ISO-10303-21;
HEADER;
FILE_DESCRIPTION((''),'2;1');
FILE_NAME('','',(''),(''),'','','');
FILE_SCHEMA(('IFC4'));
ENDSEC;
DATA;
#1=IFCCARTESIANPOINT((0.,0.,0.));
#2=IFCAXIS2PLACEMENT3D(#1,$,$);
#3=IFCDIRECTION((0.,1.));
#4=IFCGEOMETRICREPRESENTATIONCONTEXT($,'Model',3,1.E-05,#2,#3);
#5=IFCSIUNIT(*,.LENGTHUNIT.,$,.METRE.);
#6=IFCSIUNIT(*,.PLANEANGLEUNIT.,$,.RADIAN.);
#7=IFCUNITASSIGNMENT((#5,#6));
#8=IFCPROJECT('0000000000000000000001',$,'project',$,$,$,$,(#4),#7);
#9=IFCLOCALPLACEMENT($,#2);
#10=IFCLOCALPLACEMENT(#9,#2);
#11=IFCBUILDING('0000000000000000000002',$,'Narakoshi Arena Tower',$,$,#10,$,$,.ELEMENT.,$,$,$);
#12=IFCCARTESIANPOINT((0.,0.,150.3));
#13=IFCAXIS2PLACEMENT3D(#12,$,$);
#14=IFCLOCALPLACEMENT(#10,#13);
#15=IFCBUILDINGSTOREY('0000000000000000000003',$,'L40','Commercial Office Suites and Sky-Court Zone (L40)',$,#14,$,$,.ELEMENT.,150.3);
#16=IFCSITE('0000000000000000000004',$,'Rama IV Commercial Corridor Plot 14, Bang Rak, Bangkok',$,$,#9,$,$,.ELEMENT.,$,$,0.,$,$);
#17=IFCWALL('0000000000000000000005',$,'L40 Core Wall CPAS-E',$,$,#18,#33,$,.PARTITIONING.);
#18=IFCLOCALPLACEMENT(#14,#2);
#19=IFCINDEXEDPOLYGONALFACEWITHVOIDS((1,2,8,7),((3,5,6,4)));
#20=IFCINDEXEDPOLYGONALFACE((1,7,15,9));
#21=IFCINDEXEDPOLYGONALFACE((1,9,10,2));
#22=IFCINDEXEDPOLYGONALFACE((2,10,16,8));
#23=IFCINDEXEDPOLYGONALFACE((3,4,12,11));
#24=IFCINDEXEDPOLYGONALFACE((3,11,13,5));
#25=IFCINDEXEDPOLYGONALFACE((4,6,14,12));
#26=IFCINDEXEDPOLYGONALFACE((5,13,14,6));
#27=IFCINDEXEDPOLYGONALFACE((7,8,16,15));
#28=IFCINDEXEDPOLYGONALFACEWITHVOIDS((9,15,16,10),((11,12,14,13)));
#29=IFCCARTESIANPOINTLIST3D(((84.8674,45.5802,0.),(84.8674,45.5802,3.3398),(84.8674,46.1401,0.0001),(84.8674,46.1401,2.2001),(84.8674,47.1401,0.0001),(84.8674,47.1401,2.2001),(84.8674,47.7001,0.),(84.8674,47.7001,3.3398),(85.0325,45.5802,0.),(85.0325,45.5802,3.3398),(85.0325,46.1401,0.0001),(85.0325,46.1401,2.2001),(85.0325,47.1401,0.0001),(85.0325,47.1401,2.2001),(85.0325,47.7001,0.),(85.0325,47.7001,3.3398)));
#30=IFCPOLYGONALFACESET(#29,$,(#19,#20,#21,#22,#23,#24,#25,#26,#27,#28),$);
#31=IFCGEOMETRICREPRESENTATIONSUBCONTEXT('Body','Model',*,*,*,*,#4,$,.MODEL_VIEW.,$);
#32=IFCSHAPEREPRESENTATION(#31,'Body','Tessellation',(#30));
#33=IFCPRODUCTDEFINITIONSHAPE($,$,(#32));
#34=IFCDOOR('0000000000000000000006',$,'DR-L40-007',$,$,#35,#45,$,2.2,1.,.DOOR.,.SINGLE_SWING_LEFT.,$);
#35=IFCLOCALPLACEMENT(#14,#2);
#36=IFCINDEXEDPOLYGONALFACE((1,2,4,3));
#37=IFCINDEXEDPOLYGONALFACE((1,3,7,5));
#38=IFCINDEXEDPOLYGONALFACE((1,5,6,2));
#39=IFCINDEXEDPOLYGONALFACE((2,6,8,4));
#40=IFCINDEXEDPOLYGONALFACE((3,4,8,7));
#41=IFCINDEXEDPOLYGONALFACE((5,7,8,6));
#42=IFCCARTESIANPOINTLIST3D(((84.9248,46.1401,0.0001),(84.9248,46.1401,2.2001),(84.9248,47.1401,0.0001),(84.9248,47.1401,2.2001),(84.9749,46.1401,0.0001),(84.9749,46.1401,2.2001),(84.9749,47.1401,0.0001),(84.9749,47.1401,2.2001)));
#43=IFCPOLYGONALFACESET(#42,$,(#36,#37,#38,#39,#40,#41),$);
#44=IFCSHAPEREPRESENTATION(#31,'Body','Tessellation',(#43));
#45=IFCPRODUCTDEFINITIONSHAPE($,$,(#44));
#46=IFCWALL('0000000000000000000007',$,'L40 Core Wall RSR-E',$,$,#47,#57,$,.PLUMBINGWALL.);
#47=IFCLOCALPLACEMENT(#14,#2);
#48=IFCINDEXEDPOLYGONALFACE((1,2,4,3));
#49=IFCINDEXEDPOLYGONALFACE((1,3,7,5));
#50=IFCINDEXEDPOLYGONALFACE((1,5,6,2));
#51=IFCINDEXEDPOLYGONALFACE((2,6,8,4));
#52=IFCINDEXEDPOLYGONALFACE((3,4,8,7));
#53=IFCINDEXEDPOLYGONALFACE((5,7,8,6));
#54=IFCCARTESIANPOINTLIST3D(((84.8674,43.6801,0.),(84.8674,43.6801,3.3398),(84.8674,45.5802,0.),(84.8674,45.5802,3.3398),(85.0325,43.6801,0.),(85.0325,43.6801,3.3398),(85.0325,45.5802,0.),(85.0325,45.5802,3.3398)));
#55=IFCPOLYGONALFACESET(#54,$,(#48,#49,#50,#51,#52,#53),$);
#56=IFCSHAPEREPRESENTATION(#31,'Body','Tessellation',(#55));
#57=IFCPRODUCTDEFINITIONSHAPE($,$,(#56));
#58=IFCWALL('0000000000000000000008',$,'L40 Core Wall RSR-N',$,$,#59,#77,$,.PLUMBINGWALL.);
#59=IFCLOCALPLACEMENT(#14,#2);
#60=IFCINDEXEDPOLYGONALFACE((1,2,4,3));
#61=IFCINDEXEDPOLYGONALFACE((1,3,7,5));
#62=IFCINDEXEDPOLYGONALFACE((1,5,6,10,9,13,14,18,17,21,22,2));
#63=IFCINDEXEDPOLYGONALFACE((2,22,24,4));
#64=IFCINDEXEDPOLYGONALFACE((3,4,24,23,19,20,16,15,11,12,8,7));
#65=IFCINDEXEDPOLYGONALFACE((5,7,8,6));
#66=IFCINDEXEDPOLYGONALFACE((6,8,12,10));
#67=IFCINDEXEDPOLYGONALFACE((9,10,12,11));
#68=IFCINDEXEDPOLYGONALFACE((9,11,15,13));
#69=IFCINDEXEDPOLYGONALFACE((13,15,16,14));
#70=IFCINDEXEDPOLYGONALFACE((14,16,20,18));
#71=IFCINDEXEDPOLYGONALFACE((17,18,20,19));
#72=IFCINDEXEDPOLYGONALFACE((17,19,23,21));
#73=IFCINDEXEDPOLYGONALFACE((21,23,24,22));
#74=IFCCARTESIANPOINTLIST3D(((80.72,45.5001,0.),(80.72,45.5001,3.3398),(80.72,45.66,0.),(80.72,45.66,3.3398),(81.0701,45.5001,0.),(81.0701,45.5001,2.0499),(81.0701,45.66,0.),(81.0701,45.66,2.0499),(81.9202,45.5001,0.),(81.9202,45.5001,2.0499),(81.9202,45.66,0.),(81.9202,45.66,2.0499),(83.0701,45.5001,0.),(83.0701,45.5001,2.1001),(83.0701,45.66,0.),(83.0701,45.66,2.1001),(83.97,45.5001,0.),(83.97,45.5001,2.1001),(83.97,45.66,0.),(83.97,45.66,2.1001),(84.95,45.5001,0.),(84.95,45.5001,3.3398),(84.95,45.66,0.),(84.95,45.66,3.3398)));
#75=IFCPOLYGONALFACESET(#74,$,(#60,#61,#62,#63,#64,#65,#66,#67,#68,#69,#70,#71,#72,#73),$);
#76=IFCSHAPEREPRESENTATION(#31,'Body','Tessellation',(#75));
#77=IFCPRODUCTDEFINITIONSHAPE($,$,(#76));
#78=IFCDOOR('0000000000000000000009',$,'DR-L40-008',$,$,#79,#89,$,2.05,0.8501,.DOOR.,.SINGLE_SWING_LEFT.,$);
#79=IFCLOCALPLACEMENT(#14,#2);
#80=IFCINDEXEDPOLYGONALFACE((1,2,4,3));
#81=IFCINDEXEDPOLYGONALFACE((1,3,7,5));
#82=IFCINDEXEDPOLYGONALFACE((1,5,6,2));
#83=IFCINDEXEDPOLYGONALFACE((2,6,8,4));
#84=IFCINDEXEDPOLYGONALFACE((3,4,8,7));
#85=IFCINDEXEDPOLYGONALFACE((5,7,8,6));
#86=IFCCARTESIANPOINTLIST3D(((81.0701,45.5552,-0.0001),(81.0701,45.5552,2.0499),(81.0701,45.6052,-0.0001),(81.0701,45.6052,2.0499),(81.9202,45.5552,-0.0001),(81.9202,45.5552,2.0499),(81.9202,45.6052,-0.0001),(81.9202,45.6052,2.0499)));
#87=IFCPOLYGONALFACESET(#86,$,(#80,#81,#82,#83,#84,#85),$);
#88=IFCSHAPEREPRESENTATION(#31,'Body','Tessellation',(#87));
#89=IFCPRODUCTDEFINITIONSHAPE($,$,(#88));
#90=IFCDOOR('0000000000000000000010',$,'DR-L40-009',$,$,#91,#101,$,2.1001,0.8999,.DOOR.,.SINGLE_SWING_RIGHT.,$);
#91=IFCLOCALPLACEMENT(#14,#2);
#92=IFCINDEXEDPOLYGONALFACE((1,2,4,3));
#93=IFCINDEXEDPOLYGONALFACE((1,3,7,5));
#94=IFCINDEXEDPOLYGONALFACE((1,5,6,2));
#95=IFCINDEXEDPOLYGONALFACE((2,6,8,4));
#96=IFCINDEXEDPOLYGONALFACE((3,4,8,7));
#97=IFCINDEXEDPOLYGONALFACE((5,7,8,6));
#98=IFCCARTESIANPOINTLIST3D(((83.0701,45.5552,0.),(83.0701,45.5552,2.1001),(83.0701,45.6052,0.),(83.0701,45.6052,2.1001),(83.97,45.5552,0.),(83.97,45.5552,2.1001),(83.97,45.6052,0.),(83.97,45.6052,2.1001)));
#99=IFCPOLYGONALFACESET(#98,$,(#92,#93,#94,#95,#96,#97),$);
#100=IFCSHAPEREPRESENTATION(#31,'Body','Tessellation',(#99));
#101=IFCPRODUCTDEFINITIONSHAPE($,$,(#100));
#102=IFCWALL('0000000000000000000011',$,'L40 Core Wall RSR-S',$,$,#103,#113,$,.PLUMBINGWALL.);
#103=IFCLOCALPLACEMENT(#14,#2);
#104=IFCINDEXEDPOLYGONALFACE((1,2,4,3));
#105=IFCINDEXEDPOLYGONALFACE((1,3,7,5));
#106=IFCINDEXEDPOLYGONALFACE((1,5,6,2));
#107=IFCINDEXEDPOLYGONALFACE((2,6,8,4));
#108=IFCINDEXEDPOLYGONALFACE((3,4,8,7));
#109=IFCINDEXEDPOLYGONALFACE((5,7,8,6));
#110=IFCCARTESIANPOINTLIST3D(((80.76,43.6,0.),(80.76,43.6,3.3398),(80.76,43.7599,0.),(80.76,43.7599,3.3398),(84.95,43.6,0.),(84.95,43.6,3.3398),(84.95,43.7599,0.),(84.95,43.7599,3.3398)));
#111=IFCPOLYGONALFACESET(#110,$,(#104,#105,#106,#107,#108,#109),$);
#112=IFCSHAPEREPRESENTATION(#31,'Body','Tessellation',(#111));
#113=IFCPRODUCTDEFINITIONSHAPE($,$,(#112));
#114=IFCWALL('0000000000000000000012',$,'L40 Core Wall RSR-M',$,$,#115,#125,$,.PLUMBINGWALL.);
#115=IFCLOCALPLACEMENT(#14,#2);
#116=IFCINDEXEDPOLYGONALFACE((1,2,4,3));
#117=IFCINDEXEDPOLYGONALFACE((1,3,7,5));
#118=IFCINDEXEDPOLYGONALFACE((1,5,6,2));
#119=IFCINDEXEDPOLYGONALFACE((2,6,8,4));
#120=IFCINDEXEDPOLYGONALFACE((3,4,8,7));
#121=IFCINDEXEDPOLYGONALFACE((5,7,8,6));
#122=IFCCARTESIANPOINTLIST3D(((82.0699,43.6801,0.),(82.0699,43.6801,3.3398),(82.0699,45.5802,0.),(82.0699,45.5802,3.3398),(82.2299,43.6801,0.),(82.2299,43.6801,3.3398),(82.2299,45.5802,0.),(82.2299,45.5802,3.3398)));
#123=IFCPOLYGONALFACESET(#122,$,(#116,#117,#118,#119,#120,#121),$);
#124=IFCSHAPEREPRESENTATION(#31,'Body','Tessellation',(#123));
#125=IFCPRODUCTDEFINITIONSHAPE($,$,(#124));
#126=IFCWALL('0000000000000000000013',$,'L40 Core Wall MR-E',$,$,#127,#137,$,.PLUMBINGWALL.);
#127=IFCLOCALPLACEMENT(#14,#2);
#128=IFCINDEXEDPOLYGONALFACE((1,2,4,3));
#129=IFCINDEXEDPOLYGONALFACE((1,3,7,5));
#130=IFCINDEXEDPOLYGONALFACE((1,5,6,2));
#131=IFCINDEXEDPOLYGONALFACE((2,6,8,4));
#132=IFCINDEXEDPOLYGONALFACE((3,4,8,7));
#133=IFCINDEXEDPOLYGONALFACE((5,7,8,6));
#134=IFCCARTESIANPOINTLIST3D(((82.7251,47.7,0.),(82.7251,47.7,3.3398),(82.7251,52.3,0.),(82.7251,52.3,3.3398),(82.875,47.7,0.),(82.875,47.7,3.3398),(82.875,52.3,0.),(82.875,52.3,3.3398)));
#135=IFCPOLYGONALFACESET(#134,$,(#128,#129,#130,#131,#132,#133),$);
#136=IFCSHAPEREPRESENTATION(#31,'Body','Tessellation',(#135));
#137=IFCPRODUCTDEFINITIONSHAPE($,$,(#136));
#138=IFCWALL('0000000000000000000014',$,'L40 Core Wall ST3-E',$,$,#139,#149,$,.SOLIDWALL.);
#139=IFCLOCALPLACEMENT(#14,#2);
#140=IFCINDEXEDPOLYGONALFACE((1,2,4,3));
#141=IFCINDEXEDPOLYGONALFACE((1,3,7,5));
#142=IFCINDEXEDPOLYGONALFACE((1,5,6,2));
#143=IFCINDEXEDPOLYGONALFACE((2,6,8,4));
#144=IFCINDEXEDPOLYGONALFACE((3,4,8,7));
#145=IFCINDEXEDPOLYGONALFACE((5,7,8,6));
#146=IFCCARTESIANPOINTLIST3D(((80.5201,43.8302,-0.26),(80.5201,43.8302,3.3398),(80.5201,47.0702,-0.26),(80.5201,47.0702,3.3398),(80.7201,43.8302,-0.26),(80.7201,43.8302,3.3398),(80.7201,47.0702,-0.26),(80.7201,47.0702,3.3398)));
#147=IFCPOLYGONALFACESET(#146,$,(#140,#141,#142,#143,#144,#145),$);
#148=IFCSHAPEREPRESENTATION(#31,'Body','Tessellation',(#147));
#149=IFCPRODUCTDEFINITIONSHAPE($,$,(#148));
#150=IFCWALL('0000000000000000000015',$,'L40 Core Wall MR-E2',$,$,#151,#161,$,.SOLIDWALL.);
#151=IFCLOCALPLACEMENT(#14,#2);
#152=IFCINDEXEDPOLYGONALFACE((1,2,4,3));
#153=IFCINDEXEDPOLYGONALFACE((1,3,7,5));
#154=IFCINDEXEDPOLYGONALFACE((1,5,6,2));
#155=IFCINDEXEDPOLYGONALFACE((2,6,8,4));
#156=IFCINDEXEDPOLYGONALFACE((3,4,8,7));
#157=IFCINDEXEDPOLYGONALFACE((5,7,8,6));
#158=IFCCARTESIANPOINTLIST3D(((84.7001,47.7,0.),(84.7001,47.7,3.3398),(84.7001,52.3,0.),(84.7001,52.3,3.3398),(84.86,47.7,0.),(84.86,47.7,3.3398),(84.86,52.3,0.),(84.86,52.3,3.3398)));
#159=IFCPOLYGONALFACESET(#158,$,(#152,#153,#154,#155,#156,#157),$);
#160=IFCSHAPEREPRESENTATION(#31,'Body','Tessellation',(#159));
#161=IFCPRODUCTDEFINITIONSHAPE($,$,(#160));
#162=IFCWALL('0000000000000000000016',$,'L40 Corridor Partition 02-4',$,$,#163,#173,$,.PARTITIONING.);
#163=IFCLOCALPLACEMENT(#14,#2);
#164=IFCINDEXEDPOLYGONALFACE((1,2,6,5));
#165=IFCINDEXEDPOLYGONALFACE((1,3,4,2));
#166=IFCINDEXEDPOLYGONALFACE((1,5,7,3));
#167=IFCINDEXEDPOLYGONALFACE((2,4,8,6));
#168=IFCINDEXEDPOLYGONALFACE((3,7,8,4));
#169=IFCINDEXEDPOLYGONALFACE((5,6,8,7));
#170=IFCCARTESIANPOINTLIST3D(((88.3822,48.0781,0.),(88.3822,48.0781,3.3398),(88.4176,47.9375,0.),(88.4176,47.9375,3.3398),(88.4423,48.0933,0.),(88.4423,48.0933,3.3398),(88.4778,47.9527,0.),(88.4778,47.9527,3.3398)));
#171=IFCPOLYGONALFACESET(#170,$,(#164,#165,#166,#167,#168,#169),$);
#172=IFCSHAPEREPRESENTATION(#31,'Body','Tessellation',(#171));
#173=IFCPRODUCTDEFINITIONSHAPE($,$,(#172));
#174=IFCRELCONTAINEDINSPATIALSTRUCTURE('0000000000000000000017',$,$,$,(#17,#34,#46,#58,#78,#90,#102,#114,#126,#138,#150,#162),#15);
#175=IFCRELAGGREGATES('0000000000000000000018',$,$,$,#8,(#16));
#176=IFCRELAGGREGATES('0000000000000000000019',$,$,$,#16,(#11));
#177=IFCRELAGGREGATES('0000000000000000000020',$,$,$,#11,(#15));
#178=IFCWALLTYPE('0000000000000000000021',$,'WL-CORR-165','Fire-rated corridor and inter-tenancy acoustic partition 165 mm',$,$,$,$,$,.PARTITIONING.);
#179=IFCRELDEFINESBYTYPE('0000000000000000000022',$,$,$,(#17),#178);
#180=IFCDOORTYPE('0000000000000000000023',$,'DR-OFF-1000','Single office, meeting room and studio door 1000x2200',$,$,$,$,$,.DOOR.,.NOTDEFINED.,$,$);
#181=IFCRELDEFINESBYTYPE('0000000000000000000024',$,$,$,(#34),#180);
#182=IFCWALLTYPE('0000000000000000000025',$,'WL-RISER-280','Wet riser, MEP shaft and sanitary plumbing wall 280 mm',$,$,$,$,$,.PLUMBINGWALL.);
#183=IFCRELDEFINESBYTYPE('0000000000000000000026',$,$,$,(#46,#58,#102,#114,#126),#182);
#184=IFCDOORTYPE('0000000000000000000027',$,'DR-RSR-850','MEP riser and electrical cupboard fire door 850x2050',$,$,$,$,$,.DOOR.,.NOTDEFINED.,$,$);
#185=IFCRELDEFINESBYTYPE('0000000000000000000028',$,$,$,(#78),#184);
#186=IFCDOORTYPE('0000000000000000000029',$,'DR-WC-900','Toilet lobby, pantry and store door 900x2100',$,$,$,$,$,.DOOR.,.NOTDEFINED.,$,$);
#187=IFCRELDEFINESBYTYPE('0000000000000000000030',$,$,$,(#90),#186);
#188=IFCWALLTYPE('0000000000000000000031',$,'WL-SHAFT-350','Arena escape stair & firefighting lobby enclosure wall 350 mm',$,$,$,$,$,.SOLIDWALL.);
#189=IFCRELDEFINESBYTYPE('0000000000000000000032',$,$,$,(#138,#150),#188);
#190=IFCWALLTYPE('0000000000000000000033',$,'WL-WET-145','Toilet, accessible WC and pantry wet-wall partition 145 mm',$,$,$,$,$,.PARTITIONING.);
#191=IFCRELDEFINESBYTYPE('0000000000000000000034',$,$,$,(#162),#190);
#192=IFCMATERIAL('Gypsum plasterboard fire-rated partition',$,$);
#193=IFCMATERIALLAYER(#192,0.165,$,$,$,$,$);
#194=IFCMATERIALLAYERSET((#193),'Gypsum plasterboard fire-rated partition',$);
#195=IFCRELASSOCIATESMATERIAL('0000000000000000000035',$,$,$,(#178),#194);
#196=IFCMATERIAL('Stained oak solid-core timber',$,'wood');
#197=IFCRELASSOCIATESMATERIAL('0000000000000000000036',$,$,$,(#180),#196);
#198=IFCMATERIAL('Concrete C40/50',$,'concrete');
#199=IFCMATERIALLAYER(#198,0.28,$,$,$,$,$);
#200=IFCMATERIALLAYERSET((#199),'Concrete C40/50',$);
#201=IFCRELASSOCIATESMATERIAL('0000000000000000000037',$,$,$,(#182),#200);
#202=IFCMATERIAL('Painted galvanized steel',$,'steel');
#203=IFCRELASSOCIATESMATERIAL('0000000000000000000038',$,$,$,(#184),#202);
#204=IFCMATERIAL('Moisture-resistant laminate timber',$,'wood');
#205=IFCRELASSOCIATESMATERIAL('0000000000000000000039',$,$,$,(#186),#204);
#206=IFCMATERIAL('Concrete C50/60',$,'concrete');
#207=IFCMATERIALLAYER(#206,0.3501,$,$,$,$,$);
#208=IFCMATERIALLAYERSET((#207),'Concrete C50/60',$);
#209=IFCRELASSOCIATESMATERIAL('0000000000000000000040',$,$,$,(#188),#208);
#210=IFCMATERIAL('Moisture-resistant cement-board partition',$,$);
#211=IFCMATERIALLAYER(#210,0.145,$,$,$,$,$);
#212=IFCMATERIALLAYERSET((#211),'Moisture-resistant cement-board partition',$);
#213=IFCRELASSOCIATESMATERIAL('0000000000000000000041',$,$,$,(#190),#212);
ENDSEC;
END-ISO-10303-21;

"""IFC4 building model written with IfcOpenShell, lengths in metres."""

from ifc_helpers import new_model, si_unit, direction, frame, frame_2d, origin, place, context, subcontext, project, spatial, rectangle, extrude, material, layer, layer_set, type_object, element, fill, save


model = new_model("IFC4")

# Units and contexts
model_context = context("Model", 3, precision=1e-05, world=origin(), true_north=direction((0.0, 1.0)))
body_context = subcontext(model_context, "Body", "Model", "MODEL_VIEW")
ifc_project = project(units=[si_unit("LENGTHUNIT", "METRE"), si_unit("PLANEANGLEUNIT", "RADIAN")], contexts=[model_context])

# Site, building, storey
site_placement = place(None, origin())
site = spatial("IfcSite", under=ifc_project, at=site_placement, Name="Rama IV Commercial Corridor Plot 14, Bang Rak, Bangkok", CompositionType="ELEMENT", RefElevation=0.0)
building_placement = place(site_placement, origin())
building = spatial("IfcBuilding", under=site, at=building_placement, Name="Narakoshi Arena Tower", CompositionType="ELEMENT")
storey_placement = place(building_placement, frame((0.0, 0.0, 150.3)))
storey = spatial("IfcBuildingStorey", under=building, at=storey_placement, Name="L40", Description="Commercial Office Suites and Sky-Court Zone (L40)", CompositionType="ELEMENT", Elevation=150.3)

# Wall, opening, door
ifc_material_1 = material(Name="Gypsum plasterboard fire-rated partition")
ifc_layer_1 = layer(ifc_material_1, 0.165)
ifc_layer_set_1 = layer_set([ifc_layer_1], Name="Gypsum plasterboard fire-rated partition")
wall_type_1 = type_object("IfcWallType", Name="WL-CORR-165", Description="Fire-rated corridor and inter-tenancy acoustic partition 165 mm", PredefinedType="PARTITIONING", material=ifc_layer_set_1)
wall_1_placement = place(storey_placement, frame((84.95, 45.5801, 0.0), z_axis=(0.0, 0.0, 1.0), x_axis=(0.0, 1.0, 0.0)))
wall_1 = element("IfcWall", 1, at=wall_1_placement, inside=storey, type_object=wall_type_1, Name="L40 Core Wall CPAS-E", PredefinedType="PARTITIONING", context=body_context, shape_type="SweptSolid", body=[
    extrude(rectangle(XDim=2.1199, YDim=0.165, at=frame_2d((1.0601, 0.0))), origin(), (0.0, 0.0, 1.0), 3.3398),
])
opening_1_placement = place(wall_1_placement, frame((0.5601, 0.0, 0.0)))
opening_1 = element("IfcOpeningElement", 2, at=opening_1_placement, cuts=wall_1, PredefinedType="OPENING", context=body_context, shape_type="SweptSolid", body=[
    extrude(rectangle(XDim=1.0, YDim=2.2, at=frame_2d((0.5, 1.1001))), frame((0.0, 0.0925, 0.0), z_axis=(0.0, -1.0, 0.0), x_axis=(1.0, 0.0, 0.0)), (0.0, 0.0, 1.0), 0.1851),
])
ifc_material_2 = material(Name="Stained oak solid-core timber", Category="wood")
door_type_1 = type_object("IfcDoorType", Name="DR-OFF-1000", Description="Single office, meeting room and studio door 1000x2200", OperationType="NOTDEFINED", PredefinedType="DOOR", material=ifc_material_2)
door_1_placement = place(opening_1_placement, frame((1.0, 0.0, 0.0), z_axis=(0.0, 0.0, 1.0), x_axis=(-1.0, 0.0, 0.0)))
door_1 = element("IfcDoor", 3, at=door_1_placement, inside=storey, type_object=door_type_1, Name="DR-L40-007", OperationType="SINGLE_SWING_LEFT", OverallHeight=2.2, OverallWidth=1.0, PredefinedType="DOOR", context=body_context, shape_type="SweptSolid", body=[
    extrude(rectangle(XDim=1.0, YDim=2.2, at=frame_2d((0.5, 1.1001))), frame((0.0, 0.0249, 0.0), z_axis=(0.0, -1.0, 0.0), x_axis=(1.0, 0.0, 0.0)), (0.0, 0.0, 1.0), 0.05),
])
fill(opening_1, door_1)

# Wall
ifc_material_3 = material(Name="Concrete C40/50", Category="concrete")
ifc_layer_2 = layer(ifc_material_3, 0.28)
ifc_layer_set_2 = layer_set([ifc_layer_2], Name="Concrete C40/50")
wall_type_2 = type_object("IfcWallType", Name="WL-RISER-280", Description="Wet riser, MEP shaft and sanitary plumbing wall 280 mm", PredefinedType="PLUMBINGWALL", material=ifc_layer_set_2)
wall_2_placement = place(storey_placement, frame((84.95, 43.6799, 0.0), z_axis=(0.0, 0.0, 1.0), x_axis=(0.0, 1.0, 0.0)))
element("IfcWall", 4, at=wall_2_placement, inside=storey, type_object=wall_type_2, Name="L40 Core Wall RSR-E", PredefinedType="PLUMBINGWALL", context=body_context, shape_type="SweptSolid", body=[
    extrude(rectangle(XDim=1.9001, YDim=0.165, at=frame_2d((0.9502, 0.0))), origin(), (0.0, 0.0, 1.0), 3.3398),
])

# Wall, openings, doors
wall_3_placement = place(storey_placement, frame((80.72, 45.5801, 0.0), z_axis=(0.0, 0.0, 1.0), x_axis=(1.0, 0.0, 0.0)))
wall_3 = element("IfcWall", 5, at=wall_3_placement, inside=storey, type_object=wall_type_2, Name="L40 Core Wall RSR-N", PredefinedType="PLUMBINGWALL", context=body_context, shape_type="SweptSolid", body=[
    extrude(rectangle(XDim=4.23, YDim=0.1599, at=frame_2d((2.115, 0.0))), origin(), (0.0, 0.0, 1.0), 3.3398),
])
opening_2_placement = place(wall_3_placement, frame((0.3501, 0.0, 0.0)))
opening_2 = element("IfcOpeningElement", 6, at=opening_2_placement, cuts=wall_3, PredefinedType="OPENING", context=body_context, shape_type="SweptSolid", body=[
    extrude(rectangle(XDim=0.8501, YDim=2.05, at=frame_2d((0.425, 1.0249))), frame((0.0, 0.0898, 0.0), z_axis=(0.0, -1.0, 0.0), x_axis=(1.0, 0.0, 0.0)), (0.0, 0.0, 1.0), 0.1799),
])
opening_3_placement = place(wall_3_placement, frame((2.3501, 0.0, 0.0)))
opening_3 = element("IfcOpeningElement", 7, at=opening_3_placement, cuts=wall_3, PredefinedType="OPENING", context=body_context, shape_type="SweptSolid", body=[
    extrude(rectangle(XDim=0.8999, YDim=2.1001, at=frame_2d((0.45, 1.05))), frame((0.0, 0.0898, 0.0), z_axis=(0.0, -1.0, 0.0), x_axis=(1.0, 0.0, 0.0)), (0.0, 0.0, 1.0), 0.1799),
])
ifc_material_4 = material(Name="Painted galvanized steel", Category="steel")
door_type_2 = type_object("IfcDoorType", Name="DR-RSR-850", Description="MEP riser and electrical cupboard fire door 850x2050", OperationType="NOTDEFINED", PredefinedType="DOOR", material=ifc_material_4)
door_2_placement = place(opening_2_placement, frame((0.8501, 0.0, 0.0), z_axis=(0.0, 0.0, 1.0), x_axis=(-1.0, 0.0, 0.0)))
door_2 = element("IfcDoor", 8, at=door_2_placement, inside=storey, type_object=door_type_2, Name="DR-L40-008", OperationType="SINGLE_SWING_LEFT", OverallHeight=2.05, OverallWidth=0.8501, PredefinedType="DOOR", context=body_context, shape_type="SweptSolid", body=[
    extrude(rectangle(XDim=0.8501, YDim=2.05, at=frame_2d((0.425, 1.0249))), frame((0.0, 0.0249, 0.0), z_axis=(0.0, -1.0, 0.0), x_axis=(1.0, 0.0, 0.0)), (0.0, 0.0, 1.0), 0.05),
])
fill(opening_2, door_2)
ifc_material_5 = material(Name="Moisture-resistant laminate timber", Category="wood")
door_type_3 = type_object("IfcDoorType", Name="DR-WC-900", Description="Toilet lobby, pantry and store door 900x2100", OperationType="NOTDEFINED", PredefinedType="DOOR", material=ifc_material_5)
door_3_placement = place(opening_3_placement, frame((0.8999, 0.0, 0.0), z_axis=(0.0, 0.0, 1.0), x_axis=(-1.0, 0.0, 0.0)))
door_3 = element("IfcDoor", 9, at=door_3_placement, inside=storey, type_object=door_type_3, Name="DR-L40-009", OperationType="SINGLE_SWING_RIGHT", OverallHeight=2.1001, OverallWidth=0.8999, PredefinedType="DOOR", context=body_context, shape_type="SweptSolid", body=[
    extrude(rectangle(XDim=0.8999, YDim=2.1001, at=frame_2d((0.45, 1.05))), frame((0.0, 0.0249, 0.0), z_axis=(0.0, -1.0, 0.0), x_axis=(1.0, 0.0, 0.0)), (0.0, 0.0, 1.0), 0.05),
])
fill(opening_3, door_3)

# Walls
wall_4_placement = place(storey_placement, frame((80.76, 43.6799, 0.0), z_axis=(0.0, 0.0, 1.0), x_axis=(1.0, 0.0, 0.0)))
element("IfcWall", 10, at=wall_4_placement, inside=storey, type_object=wall_type_2, Name="L40 Core Wall RSR-S", PredefinedType="PLUMBINGWALL", context=body_context, shape_type="SweptSolid", body=[
    extrude(rectangle(XDim=4.1899, YDim=0.1599, at=frame_2d((2.095, 0.0))), origin(), (0.0, 0.0, 1.0), 3.3398),
])
wall_5_placement = place(storey_placement, frame((82.1499, 43.6799, 0.0), z_axis=(0.0, 0.0, 1.0), x_axis=(0.0, 1.0, 0.0)))
element("IfcWall", 11, at=wall_5_placement, inside=storey, type_object=wall_type_2, Name="L40 Core Wall RSR-M", PredefinedType="PLUMBINGWALL", context=body_context, shape_type="SweptSolid", body=[
    extrude(rectangle(XDim=1.9001, YDim=0.1599, at=frame_2d((0.9502, 0.0))), origin(), (0.0, 0.0, 1.0), 3.3398),
])
wall_6_placement = place(storey_placement, frame((82.8, 47.7, 0.0), z_axis=(0.0, 0.0, 1.0), x_axis=(0.0, 1.0, 0.0)))
element("IfcWall", 12, at=wall_6_placement, inside=storey, type_object=wall_type_2, Name="L40 Core Wall MR-E", PredefinedType="PLUMBINGWALL", context=body_context, shape_type="SweptSolid", body=[
    extrude(rectangle(XDim=4.6001, YDim=0.1499, at=frame_2d((2.3, 0.0))), origin(), (0.0, 0.0, 1.0), 3.3398),
])
ifc_material_6 = material(Name="Concrete C50/60", Category="concrete")
ifc_layer_3 = layer(ifc_material_6, 0.3501)
ifc_layer_set_3 = layer_set([ifc_layer_3], Name="Concrete C50/60")
wall_type_3 = type_object("IfcWallType", Name="WL-SHAFT-350", Description="Arena escape stair & firefighting lobby enclosure wall 350 mm", PredefinedType="SOLIDWALL", material=ifc_layer_set_3)
wall_7_placement = place(storey_placement, frame((80.6201, 43.8301, -0.26), z_axis=(0.0, 0.0, 1.0), x_axis=(0.0, 1.0, 0.0)))
element("IfcWall", 13, at=wall_7_placement, inside=storey, type_object=wall_type_3, Name="L40 Core Wall ST3-E", PredefinedType="SOLIDWALL", context=body_context, shape_type="SweptSolid", body=[
    extrude(rectangle(XDim=3.24, YDim=0.2, at=frame_2d((1.6201, 0.0))), origin(), (0.0, 0.0, 1.0), 3.5999),
])
wall_8_placement = place(storey_placement, frame((84.78, 47.7, 0.0), z_axis=(0.0, 0.0, 1.0), x_axis=(0.0, 1.0, 0.0)))
element("IfcWall", 14, at=wall_8_placement, inside=storey, type_object=wall_type_3, Name="L40 Core Wall MR-E2", PredefinedType="SOLIDWALL", context=body_context, shape_type="SweptSolid", body=[
    extrude(rectangle(XDim=4.6001, YDim=0.1599, at=frame_2d((2.3, 0.0))), origin(), (0.0, 0.0, 1.0), 3.3398),
])
ifc_material_7 = material(Name="Moisture-resistant cement-board partition")
ifc_layer_4 = layer(ifc_material_7, 0.145)
ifc_layer_set_4 = layer_set([ifc_layer_4], Name="Moisture-resistant cement-board partition")
wall_type_4 = type_object("IfcWallType", Name="WL-WET-145", Description="Toilet, accessible WC and pantry wet-wall partition 145 mm", PredefinedType="PARTITIONING", material=ifc_layer_set_4)
wall_9_placement = place(storey_placement, frame((88.3999, 48.0078, 0.0), z_axis=(0.0, 0.0, 1.0), x_axis=(0.969677, 0.24439, 0.0)))
element("IfcWall", 15, at=wall_9_placement, inside=storey, type_object=wall_type_4, Name="L40 Corridor Partition 02-4", PredefinedType="PARTITIONING", context=body_context, shape_type="SweptSolid", body=[
    extrude(rectangle(XDim=0.062, YDim=0.145, at=frame_2d((0.031, 0.0))), origin(), (0.0, 0.0, 1.0), 3.3398),
])

save(model, "model.ifc")
